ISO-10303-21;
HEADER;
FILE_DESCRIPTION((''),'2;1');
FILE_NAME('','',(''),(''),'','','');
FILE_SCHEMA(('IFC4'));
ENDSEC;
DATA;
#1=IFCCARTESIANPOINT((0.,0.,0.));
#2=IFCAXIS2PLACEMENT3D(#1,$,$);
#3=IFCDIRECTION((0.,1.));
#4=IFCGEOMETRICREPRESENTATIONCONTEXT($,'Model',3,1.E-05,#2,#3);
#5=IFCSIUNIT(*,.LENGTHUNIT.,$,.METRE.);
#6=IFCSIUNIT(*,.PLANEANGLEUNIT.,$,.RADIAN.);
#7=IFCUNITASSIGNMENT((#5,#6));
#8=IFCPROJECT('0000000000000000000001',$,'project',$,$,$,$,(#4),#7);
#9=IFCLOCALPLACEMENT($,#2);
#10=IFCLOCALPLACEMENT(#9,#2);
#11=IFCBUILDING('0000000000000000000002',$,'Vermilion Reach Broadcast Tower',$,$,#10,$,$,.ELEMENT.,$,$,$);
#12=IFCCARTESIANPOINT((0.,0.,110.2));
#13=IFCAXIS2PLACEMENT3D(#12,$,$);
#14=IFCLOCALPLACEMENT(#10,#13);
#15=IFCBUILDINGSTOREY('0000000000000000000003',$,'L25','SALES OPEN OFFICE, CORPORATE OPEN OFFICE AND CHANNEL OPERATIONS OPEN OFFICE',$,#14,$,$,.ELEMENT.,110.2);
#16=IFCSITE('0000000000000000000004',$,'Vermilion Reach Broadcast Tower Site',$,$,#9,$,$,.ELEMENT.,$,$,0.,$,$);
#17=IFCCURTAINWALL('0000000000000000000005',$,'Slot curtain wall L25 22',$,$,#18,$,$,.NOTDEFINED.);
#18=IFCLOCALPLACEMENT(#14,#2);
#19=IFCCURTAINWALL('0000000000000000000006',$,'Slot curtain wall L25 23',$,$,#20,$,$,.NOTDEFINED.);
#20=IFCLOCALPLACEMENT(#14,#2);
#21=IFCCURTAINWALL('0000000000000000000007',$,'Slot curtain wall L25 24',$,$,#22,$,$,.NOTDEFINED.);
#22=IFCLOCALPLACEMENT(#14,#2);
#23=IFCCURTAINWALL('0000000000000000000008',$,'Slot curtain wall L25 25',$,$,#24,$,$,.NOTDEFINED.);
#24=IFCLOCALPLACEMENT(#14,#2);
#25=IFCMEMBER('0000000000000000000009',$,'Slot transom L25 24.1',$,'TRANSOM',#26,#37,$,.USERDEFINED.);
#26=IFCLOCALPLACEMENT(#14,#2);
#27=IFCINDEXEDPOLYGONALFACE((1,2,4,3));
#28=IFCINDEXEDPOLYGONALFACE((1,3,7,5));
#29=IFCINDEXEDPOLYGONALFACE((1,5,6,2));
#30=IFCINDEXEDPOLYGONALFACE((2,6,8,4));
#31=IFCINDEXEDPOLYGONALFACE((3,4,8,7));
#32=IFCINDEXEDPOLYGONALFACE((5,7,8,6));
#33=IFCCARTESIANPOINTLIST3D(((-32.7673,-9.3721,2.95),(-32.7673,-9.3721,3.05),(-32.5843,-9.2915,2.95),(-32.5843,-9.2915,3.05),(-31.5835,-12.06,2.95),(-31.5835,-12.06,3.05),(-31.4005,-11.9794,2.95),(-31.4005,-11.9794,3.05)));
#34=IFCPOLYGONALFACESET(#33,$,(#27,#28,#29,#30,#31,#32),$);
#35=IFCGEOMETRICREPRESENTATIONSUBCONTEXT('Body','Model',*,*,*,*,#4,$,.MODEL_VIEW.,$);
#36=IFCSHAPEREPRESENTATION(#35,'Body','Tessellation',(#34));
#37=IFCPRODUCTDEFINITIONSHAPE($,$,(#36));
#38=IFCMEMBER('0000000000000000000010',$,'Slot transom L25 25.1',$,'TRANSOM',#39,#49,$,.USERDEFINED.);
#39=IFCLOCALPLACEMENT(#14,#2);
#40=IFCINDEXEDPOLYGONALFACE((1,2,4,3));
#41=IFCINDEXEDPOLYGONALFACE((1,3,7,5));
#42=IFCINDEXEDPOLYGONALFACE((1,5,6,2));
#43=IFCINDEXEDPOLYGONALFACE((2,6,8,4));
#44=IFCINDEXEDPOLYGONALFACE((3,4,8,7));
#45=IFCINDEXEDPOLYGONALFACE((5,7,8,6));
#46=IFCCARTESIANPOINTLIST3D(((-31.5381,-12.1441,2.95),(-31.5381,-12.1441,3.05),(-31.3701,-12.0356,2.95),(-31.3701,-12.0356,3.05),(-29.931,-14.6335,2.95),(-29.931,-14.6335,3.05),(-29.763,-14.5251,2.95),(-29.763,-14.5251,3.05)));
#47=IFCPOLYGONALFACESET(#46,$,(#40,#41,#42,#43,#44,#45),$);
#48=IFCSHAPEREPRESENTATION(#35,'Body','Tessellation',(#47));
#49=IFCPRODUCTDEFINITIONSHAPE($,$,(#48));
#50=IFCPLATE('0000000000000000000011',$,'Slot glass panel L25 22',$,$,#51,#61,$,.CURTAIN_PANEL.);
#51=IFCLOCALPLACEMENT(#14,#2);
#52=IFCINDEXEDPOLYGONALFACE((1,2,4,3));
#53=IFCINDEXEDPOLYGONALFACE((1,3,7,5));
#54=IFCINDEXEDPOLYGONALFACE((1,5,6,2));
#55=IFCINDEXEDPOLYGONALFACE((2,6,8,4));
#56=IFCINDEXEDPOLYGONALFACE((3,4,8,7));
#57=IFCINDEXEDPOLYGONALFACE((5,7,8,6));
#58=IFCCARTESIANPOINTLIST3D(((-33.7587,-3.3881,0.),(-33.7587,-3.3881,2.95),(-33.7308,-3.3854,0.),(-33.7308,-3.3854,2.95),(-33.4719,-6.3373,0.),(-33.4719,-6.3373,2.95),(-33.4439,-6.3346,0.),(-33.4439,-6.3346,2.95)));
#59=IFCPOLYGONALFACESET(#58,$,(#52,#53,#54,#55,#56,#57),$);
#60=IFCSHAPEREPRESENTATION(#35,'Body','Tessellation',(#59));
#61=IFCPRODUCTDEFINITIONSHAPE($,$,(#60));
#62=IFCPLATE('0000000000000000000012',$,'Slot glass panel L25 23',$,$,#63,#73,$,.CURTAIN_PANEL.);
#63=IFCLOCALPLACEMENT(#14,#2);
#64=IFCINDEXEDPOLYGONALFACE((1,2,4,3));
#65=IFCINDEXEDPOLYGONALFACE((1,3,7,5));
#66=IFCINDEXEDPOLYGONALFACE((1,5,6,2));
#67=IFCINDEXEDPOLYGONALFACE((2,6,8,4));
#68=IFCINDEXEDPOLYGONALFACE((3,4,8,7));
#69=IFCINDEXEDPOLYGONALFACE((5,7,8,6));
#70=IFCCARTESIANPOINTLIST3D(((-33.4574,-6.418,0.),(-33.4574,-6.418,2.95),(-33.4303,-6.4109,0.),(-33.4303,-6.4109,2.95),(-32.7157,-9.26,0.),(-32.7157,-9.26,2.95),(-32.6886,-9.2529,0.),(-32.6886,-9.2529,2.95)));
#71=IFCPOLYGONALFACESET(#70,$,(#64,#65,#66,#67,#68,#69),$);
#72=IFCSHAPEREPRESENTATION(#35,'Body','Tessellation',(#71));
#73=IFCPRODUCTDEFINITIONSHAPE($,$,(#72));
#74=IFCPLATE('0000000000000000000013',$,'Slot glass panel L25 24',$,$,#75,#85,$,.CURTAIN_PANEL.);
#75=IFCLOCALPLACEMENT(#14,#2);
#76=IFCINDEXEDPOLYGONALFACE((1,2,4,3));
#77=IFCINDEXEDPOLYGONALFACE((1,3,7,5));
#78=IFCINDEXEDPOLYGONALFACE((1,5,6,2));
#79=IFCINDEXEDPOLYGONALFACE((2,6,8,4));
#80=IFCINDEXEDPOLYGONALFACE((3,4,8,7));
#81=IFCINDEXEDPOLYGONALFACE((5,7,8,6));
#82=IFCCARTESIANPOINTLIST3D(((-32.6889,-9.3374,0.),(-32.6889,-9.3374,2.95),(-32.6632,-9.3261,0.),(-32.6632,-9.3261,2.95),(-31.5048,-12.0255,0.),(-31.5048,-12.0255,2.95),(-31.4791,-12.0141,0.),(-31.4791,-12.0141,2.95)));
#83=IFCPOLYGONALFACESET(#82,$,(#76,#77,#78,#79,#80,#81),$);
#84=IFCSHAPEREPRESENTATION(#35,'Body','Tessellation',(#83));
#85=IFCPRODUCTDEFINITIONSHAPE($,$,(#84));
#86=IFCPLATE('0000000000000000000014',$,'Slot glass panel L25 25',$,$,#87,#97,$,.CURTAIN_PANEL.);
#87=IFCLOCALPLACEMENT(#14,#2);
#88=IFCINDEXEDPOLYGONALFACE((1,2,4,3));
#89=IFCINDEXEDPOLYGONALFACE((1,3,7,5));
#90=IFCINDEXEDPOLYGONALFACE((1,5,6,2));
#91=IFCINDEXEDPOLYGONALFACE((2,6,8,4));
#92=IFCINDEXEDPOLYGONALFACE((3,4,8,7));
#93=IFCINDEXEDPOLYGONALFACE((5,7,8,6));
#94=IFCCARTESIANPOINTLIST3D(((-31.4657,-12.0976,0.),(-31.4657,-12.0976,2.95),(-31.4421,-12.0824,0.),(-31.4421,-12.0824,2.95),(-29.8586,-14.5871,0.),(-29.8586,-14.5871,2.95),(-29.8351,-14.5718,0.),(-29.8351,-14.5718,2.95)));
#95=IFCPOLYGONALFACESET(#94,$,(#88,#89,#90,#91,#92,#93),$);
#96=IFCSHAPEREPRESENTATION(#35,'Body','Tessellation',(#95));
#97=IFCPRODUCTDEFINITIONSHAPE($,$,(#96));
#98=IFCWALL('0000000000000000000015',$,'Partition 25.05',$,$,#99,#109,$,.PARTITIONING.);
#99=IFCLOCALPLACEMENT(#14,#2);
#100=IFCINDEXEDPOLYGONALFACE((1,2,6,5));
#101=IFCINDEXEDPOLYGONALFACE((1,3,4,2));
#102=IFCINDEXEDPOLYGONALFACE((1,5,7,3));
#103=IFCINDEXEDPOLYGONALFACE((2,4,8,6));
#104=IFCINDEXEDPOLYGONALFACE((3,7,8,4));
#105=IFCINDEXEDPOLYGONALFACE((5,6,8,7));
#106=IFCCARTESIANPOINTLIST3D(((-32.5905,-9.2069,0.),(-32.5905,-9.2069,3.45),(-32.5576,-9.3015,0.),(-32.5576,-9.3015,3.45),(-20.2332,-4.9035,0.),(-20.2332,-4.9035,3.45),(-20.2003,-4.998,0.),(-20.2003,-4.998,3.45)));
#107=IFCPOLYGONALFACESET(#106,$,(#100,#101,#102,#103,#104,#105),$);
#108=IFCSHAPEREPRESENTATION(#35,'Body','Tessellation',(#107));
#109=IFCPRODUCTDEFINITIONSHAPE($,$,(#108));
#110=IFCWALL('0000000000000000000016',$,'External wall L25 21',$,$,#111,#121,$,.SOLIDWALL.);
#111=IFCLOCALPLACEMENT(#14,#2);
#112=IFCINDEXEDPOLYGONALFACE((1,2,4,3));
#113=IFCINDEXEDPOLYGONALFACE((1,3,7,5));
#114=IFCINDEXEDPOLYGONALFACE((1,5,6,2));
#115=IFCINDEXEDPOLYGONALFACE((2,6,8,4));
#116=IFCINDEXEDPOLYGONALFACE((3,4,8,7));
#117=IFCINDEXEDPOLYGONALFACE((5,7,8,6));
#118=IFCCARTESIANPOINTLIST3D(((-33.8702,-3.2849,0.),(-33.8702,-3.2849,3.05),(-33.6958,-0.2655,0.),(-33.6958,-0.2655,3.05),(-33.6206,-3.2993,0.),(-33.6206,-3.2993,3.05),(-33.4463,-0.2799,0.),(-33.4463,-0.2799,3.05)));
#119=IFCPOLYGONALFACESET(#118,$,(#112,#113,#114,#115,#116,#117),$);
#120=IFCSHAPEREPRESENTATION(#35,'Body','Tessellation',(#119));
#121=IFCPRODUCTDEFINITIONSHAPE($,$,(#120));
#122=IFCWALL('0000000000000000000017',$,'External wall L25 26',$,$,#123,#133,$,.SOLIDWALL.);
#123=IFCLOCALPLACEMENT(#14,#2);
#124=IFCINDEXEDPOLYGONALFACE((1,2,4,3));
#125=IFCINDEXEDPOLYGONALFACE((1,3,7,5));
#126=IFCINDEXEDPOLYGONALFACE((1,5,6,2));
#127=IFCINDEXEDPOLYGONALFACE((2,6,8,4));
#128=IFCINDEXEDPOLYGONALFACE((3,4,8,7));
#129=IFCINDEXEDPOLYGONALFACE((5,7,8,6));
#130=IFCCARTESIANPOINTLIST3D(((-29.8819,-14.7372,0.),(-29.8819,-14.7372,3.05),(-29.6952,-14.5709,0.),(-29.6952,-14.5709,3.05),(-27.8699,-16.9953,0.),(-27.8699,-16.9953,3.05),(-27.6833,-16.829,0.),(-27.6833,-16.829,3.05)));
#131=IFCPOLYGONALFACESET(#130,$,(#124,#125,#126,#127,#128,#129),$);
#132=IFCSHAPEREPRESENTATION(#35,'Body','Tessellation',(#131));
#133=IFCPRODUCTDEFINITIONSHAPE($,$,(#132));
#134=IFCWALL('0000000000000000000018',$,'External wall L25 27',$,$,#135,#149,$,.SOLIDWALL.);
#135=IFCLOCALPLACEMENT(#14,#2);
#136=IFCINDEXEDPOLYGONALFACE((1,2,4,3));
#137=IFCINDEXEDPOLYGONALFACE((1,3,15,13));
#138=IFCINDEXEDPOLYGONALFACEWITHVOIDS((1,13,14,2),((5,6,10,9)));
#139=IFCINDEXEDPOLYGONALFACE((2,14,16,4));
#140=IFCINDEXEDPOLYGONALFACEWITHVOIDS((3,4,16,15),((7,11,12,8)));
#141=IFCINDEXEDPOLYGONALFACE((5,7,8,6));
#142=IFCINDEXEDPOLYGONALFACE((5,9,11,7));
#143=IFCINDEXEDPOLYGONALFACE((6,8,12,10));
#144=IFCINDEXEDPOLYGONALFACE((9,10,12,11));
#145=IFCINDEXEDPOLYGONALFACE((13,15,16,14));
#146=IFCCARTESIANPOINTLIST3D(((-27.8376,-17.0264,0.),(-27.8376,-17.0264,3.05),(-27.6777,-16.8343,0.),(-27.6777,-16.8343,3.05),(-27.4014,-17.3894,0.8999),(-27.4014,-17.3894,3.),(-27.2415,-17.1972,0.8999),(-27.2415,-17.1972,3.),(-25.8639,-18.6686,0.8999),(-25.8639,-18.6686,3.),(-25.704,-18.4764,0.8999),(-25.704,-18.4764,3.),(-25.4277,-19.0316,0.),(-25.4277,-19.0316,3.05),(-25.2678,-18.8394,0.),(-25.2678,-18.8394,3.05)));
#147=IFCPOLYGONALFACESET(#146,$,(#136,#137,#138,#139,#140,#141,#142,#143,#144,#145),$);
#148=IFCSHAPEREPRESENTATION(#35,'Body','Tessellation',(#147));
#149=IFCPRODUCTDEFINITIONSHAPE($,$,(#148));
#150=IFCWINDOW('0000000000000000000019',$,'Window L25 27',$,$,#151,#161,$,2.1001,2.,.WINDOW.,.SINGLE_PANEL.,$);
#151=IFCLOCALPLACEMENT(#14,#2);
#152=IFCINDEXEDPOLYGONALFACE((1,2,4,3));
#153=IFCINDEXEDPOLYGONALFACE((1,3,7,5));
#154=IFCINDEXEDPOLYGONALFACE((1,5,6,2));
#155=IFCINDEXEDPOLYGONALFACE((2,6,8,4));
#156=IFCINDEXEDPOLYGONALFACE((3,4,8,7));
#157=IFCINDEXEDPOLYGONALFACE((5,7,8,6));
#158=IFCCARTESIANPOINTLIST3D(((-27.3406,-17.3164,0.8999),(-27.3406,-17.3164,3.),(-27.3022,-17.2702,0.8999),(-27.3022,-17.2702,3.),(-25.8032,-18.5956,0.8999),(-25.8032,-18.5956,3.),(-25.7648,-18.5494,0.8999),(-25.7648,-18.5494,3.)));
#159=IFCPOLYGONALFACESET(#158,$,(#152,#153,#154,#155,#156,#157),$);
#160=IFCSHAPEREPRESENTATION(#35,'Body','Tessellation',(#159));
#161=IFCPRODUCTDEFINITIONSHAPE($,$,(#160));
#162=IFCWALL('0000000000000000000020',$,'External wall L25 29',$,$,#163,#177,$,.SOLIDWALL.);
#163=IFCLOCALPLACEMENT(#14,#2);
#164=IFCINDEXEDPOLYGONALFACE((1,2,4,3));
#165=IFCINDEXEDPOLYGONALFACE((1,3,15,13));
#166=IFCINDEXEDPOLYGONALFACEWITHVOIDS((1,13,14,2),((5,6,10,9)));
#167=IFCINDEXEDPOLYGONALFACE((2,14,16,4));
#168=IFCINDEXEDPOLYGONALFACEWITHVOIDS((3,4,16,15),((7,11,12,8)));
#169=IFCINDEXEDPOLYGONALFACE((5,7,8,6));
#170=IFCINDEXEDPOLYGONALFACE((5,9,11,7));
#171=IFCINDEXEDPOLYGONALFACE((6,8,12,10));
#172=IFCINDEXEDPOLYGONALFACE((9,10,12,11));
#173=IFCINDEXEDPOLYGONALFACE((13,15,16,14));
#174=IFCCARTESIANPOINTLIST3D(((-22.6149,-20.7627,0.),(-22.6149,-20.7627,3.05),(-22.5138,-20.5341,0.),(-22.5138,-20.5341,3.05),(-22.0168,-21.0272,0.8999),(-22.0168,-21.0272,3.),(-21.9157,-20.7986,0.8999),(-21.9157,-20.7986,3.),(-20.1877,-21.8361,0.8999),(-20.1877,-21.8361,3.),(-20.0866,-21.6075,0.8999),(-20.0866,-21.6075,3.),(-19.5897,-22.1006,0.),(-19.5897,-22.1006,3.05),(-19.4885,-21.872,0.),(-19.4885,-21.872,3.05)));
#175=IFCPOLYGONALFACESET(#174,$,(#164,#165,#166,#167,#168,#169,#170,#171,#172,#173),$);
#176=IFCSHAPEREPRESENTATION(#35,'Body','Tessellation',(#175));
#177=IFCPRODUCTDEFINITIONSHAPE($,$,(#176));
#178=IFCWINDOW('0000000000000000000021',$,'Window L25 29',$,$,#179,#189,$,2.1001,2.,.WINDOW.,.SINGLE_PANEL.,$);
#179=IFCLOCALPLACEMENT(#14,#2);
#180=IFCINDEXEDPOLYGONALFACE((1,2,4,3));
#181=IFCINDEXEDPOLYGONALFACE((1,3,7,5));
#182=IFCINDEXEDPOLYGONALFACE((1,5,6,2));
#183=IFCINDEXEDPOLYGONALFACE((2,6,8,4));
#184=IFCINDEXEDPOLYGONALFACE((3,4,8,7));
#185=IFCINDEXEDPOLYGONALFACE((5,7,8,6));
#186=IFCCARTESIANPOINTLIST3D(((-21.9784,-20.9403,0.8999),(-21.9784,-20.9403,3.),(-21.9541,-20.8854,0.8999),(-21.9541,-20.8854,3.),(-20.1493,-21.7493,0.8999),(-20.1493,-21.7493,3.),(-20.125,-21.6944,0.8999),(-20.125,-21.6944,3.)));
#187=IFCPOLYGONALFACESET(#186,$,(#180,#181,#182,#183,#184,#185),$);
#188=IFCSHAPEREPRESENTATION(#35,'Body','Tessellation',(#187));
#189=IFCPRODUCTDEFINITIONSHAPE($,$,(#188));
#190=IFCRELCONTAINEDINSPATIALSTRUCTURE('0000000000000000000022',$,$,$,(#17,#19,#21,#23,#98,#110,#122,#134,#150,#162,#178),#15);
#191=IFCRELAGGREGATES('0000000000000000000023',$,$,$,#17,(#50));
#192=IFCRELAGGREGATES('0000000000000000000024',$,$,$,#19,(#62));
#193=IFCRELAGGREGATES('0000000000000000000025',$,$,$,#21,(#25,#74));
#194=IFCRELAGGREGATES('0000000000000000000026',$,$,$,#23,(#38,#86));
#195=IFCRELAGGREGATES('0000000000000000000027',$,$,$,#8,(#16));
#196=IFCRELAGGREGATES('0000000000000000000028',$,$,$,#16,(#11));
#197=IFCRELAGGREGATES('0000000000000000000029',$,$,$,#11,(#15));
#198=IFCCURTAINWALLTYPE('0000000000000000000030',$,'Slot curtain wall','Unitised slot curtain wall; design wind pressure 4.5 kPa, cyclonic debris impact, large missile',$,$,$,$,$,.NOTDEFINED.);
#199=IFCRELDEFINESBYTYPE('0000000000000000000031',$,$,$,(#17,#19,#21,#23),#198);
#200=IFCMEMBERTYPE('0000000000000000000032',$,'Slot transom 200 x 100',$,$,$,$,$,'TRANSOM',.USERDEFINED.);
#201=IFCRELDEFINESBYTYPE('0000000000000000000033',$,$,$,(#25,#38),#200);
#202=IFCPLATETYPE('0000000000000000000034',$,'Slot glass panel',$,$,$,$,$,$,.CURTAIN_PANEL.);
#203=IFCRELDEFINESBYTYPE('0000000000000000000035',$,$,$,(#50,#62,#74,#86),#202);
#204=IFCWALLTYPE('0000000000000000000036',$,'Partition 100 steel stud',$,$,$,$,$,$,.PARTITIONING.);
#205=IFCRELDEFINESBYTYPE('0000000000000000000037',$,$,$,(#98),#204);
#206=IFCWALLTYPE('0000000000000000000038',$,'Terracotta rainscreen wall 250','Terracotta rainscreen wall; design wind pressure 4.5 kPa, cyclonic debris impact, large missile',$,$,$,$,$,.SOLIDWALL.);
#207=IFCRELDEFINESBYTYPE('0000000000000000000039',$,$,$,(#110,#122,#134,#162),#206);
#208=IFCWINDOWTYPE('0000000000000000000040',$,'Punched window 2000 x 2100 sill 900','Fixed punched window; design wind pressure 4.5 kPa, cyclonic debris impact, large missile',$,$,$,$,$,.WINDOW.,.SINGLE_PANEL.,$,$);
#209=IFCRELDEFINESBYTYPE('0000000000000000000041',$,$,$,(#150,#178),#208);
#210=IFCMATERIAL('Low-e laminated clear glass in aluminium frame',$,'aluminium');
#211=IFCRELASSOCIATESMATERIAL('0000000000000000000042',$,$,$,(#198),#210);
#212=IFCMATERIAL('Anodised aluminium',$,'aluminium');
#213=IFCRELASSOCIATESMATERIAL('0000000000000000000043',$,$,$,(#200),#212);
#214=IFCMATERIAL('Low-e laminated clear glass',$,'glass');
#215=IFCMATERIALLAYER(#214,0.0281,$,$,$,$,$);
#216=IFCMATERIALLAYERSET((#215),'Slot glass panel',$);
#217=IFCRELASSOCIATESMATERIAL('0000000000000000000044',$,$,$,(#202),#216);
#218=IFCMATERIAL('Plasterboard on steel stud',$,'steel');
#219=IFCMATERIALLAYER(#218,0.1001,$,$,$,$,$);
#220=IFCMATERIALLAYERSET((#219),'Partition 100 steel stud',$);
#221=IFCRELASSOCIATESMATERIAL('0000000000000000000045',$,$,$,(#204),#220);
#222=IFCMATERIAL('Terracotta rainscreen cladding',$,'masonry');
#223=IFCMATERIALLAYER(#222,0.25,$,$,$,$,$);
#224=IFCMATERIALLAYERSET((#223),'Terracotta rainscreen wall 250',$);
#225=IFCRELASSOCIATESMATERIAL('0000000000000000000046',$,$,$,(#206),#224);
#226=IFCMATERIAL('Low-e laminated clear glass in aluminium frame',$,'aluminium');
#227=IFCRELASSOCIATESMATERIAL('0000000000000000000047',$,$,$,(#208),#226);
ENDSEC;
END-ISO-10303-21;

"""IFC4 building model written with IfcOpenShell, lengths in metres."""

from ifc_helpers import new_model, si_unit, direction, frame, frame_2d, origin, origin_2d, place, context, subcontext, project, spatial, rectangle, extrude, material, layer, layer_set, material_profile, profile_set, type_object, element, fill, aggregate, save


model = new_model("IFC4")

# Units and contexts
model_context = context("Model", 3, precision=1e-05, world=origin(), true_north=direction((0.0, 1.0)))
body_context = subcontext(model_context, "Body", "Model", "MODEL_VIEW")
ifc_project = project(units=[si_unit("LENGTHUNIT", "METRE"), si_unit("PLANEANGLEUNIT", "RADIAN")], contexts=[model_context])

# Site, building, storey
site_placement = place(None, origin())
site = spatial("IfcSite", under=ifc_project, at=site_placement, Name="Vermilion Reach Broadcast Tower Site", CompositionType="ELEMENT", RefElevation=0.0)
building_placement = place(site_placement, origin())
building = spatial("IfcBuilding", under=site, at=building_placement, Name="Vermilion Reach Broadcast Tower", CompositionType="ELEMENT")
storey_placement = place(building_placement, frame((0.0, 0.0, 110.2)))
storey = spatial("IfcBuildingStorey", under=building, at=storey_placement, Name="L25", Description="SALES OPEN OFFICE, CORPORATE OPEN OFFICE AND CHANNEL OPERATIONS OPEN OFFICE", CompositionType="ELEMENT", Elevation=110.2)

# Curtain walls
ifc_material_1 = material(Name="Low-e laminated clear glass in aluminium frame", Category="aluminium")
curtain_wall_type = type_object("IfcCurtainWallType", Name="Slot curtain wall", Description="Unitised slot curtain wall; design wind pressure 4.5 kPa, cyclonic debris impact, large missile", PredefinedType="NOTDEFINED", material=ifc_material_1)
placement = place(storey_placement, origin())
curtain_wall_1 = element("IfcCurtainWall", 1, at=placement, inside=storey, type_object=curtain_wall_type, Name="Slot curtain wall L25 22", PredefinedType="NOTDEFINED")
curtain_wall_2 = element("IfcCurtainWall", 2, at=placement, inside=storey, type_object=curtain_wall_type, Name="Slot curtain wall L25 23", PredefinedType="NOTDEFINED")
curtain_wall_3 = element("IfcCurtainWall", 3, at=placement, inside=storey, type_object=curtain_wall_type, Name="Slot curtain wall L25 24", PredefinedType="NOTDEFINED")

# Curtain wall
curtain_wall_4 = element("IfcCurtainWall", 4, at=placement, inside=storey, type_object=curtain_wall_type, Name="Slot curtain wall L25 25", PredefinedType="NOTDEFINED")

# Members
ifc_material_2 = material(Name="Anodised aluminium", Category="aluminium")
ifc_material_profile_1 = material_profile(ifc_material_2, rectangle(XDim=0.2, YDim=0.1001, at=origin_2d()), Name="Slot transom 200 x 100")
ifc_profile_set_1 = profile_set([ifc_material_profile_1], Name="Anodised aluminium")
member_type_1 = type_object("IfcMemberType", Name="Slot transom 200 x 100", ElementType="TRANSOM", PredefinedType="USERDEFINED", material=ifc_profile_set_1)
member_1_placement = place(storey_placement, frame((-32.6758, -9.3318, 3.0), z_axis=(0.403059, -0.915174, 0.0), x_axis=(0.915174, 0.403059, 0.0)))
member_1 = element("IfcMember", 5, at=member_1_placement, type_object=member_type_1, Name="Slot transom L25 24.1", ObjectType="TRANSOM", PredefinedType="USERDEFINED", context=body_context, shape_type="SweptSolid", body=[
    extrude(rectangle(XDim=0.2, YDim=0.1001, at=origin_2d()), origin(), (0.0, 0.0, 1.0), 2.937),
])
member_2_placement = place(storey_placement, frame((-31.4541, -12.0898, 3.0), z_axis=(0.542376, -0.840136, 0.0), x_axis=(0.840136, 0.542376, 0.0)))
member_2 = element("IfcMember", 6, at=member_2_placement, type_object=member_type_1, Name="Slot transom L25 25.1", ObjectType="TRANSOM", PredefinedType="USERDEFINED", context=body_context, shape_type="SweptSolid", body=[
    extrude(rectangle(XDim=0.2, YDim=0.1001, at=origin_2d()), origin(), (0.0, 0.0, 1.0), 2.9631),
])

# Plates
ifc_material_3 = material(Name="Low-e laminated clear glass", Category="glass")
ifc_layer_1 = layer(ifc_material_3, 0.0281)
ifc_layer_set_1 = layer_set([ifc_layer_1], Name="Slot glass panel")
plate_type = type_object("IfcPlateType", Name="Slot glass panel", PredefinedType="CURTAIN_PANEL", material=ifc_layer_set_1)
plate_1_placement = place(storey_placement, frame((-33.6013, -4.8613, 0.0), z_axis=(0.0, 0.0, 1.0), x_axis=(0.096809, -0.995303, 0.0)))
plate_1 = element("IfcPlate", 7, at=plate_1_placement, type_object=plate_type, Name="Slot glass panel L25 22", PredefinedType="CURTAIN_PANEL", context=body_context, shape_type="SweptSolid", body=[
    extrude(rectangle(XDim=2.9631, YDim=0.0281, at=origin_2d()), origin(), (0.0, 0.0, 1.0), 2.95),
])
aggregate(curtain_wall_1, [plate_1])
plate_2_placement = place(storey_placement, frame((-33.073, -7.8354, 0.0), z_axis=(0.0, 0.0, 1.0), x_axis=(0.252522, -0.967591, 0.0)))
plate_2 = element("IfcPlate", 8, at=plate_2_placement, type_object=plate_type, Name="Slot glass panel L25 23", PredefinedType="CURTAIN_PANEL", context=body_context, shape_type="SweptSolid", body=[
    extrude(rectangle(XDim=2.9373, YDim=0.0281, at=origin_2d()), origin(), (0.0, 0.0, 1.0), 2.95),
])
aggregate(curtain_wall_2, [plate_2])
plate_3_placement = place(storey_placement, frame((-32.084, -10.6758, 0.0), z_axis=(0.0, 0.0, 1.0), x_axis=(0.403118, -0.915148, 0.0)))
plate_3 = element("IfcPlate", 9, at=plate_3_placement, type_object=plate_type, Name="Slot glass panel L25 24", PredefinedType="CURTAIN_PANEL", context=body_context, shape_type="SweptSolid", body=[
    extrude(rectangle(XDim=2.9373, YDim=0.0281, at=origin_2d()), origin(), (0.0, 0.0, 1.0), 2.95),
])
aggregate(curtain_wall_3, [member_1, plate_3])
plate_4_placement = place(storey_placement, frame((-30.6504, -13.3347, 0.0), z_axis=(0.0, 0.0, 1.0), x_axis=(0.542361, -0.840145, 0.0)))
plate_4 = element("IfcPlate", 10, at=plate_4_placement, type_object=plate_type, Name="Slot glass panel L25 25", PredefinedType="CURTAIN_PANEL", context=body_context, shape_type="SweptSolid", body=[
    extrude(rectangle(XDim=2.9631, YDim=0.0281, at=origin_2d()), origin(), (0.0, 0.0, 1.0), 2.95),
])
aggregate(curtain_wall_4, [member_2, plate_4])

# Walls
ifc_material_4 = material(Name="Plasterboard on steel stud", Category="steel")
ifc_layer_2 = layer(ifc_material_4, 0.1001)
ifc_layer_set_2 = layer_set([ifc_layer_2], Name="Partition 100 steel stud")
wall_type_1 = type_object("IfcWallType", Name="Partition 100 steel stud", PredefinedType="PARTITIONING", material=ifc_layer_set_2)
wall_1_placement = place(storey_placement, frame((-32.574, -9.2542, 0.0), z_axis=(0.0, 0.0, 1.0), x_axis=(0.944373, 0.328877, 0.0)))
element("IfcWall", 11, at=wall_1_placement, inside=storey, type_object=wall_type_1, Name="Partition 25.05", PredefinedType="PARTITIONING", context=body_context, shape_type="SweptSolid", body=[
    extrude(rectangle(XDim=13.0852, YDim=0.1001, at=frame_2d((6.5425, 0.0))), origin(), (0.0, 0.0, 1.0), 3.45),
])
ifc_material_5 = material(Name="Terracotta rainscreen cladding", Category="masonry")
ifc_layer_3 = layer(ifc_material_5, 0.25)
ifc_layer_set_3 = layer_set([ifc_layer_3], Name="Terracotta rainscreen wall 250")
wall_type_2 = type_object("IfcWallType", Name="Terracotta rainscreen wall 250", Description="Terracotta rainscreen wall; design wind pressure 4.5 kPa, cyclonic debris impact, large missile", PredefinedType="SOLIDWALL", material=ifc_layer_set_3)
for number, where, z_axis, x_axis, name in (
    (12, (-33.571, -0.2727, 0.0), (0.0, 0.0, 1.0), (-0.057638, -0.998338, 0.0), "External wall L25 21"),
    (13, (-29.7886, -14.6541, 0.0), (0.0, 0.0, 1.0), (0.66525, -0.74662, 0.0), "External wall L25 26"),
):
    element("IfcWall", number, at=place(storey_placement, frame(where, z_axis=z_axis, x_axis=x_axis)), inside=storey, type_object=wall_type_2, Name=name, PredefinedType="SOLIDWALL", context=body_context, shape_type="SweptSolid", body=[
        extrude(rectangle(XDim=3.0244, YDim=0.25, at=frame_2d((1.5122, 0.0))), origin(), (0.0, 0.0, 1.0), 3.05),
    ])

# Wall, opening, window
wall_2_placement = place(storey_placement, frame((-27.7576, -16.9304, 0.0), z_axis=(0.0, 0.0, 1.0), x_axis=(0.768713, -0.639594, 0.0)))
wall_2 = element("IfcWall", 14, at=wall_2_placement, inside=storey, type_object=wall_type_2, Name="External wall L25 27", PredefinedType="SOLIDWALL", context=body_context, shape_type="SweptSolid", body=[
    extrude(rectangle(XDim=3.135, YDim=0.25, at=frame_2d((1.5674, 0.0))), origin(), (0.0, 0.0, 1.0), 3.05),
])
opening_1_placement = place(wall_2_placement, frame((0.5674, 0.0, 0.8999)))
opening_1 = element("IfcOpeningElement", 15, at=opening_1_placement, cuts=wall_2, PredefinedType="OPENING", context=body_context, shape_type="SweptSolid", body=[
    extrude(rectangle(XDim=2.0, YDim=2.1001, at=frame_2d((1.0, 1.05))), frame((0.0, 0.135, 0.0), z_axis=(0.0, -1.0, 0.0), x_axis=(1.0, 0.0, 0.0)), (0.0, 0.0, 1.0), 0.27),
])
ifc_material_6 = material(Name="Low-e laminated clear glass in aluminium frame", Category="aluminium")
window_type = type_object("IfcWindowType", Name="Punched window 2000 x 2100 sill 900", Description="Fixed punched window; design wind pressure 4.5 kPa, cyclonic debris impact, large missile", PartitioningType="SINGLE_PANEL", PredefinedType="WINDOW", material=ifc_material_6)
window_1_placement = place(opening_1_placement, origin())
window_1 = element("IfcWindow", 16, at=window_1_placement, inside=storey, type_object=window_type, Name="Window L25 27", OverallHeight=2.1001, OverallWidth=2.0, PartitioningType="SINGLE_PANEL", PredefinedType="WINDOW", context=body_context, shape_type="SweptSolid", body=[
    extrude(rectangle(XDim=2.0, YDim=2.1001, at=frame_2d((1.0, 1.05))), frame((0.0, 0.03, 0.0), z_axis=(0.0, -1.0, 0.0), x_axis=(1.0, 0.0, 0.0)), (0.0, 0.0, 1.0), 0.0601),
])
fill(opening_1, window_1)

# Wall, opening, window
wall_3_placement = place(storey_placement, frame((-22.5642, -20.6484, 0.0), z_axis=(0.0, 0.0, 1.0), x_axis=(0.914553, -0.404467, 0.0)))
wall_3 = element("IfcWall", 17, at=wall_3_placement, inside=storey, type_object=wall_type_2, Name="External wall L25 29", PredefinedType="SOLIDWALL", context=body_context, shape_type="SweptSolid", body=[
    extrude(rectangle(XDim=3.3079, YDim=0.25, at=frame_2d((1.6538, 0.0))), origin(), (0.0, 0.0, 1.0), 3.05),
])
opening_2_placement = place(wall_3_placement, frame((0.6538, 0.0, 0.8999)))
opening_2 = element("IfcOpeningElement", 18, at=opening_2_placement, cuts=wall_3, PredefinedType="OPENING", context=body_context, shape_type="SweptSolid", body=[
    extrude(rectangle(XDim=2.0, YDim=2.1001, at=frame_2d((1.0, 1.05))), frame((0.0, 0.135, 0.0), z_axis=(0.0, -1.0, 0.0), x_axis=(1.0, 0.0, 0.0)), (0.0, 0.0, 1.0), 0.27),
])
window_2_placement = place(opening_2_placement, origin())
window_2 = element("IfcWindow", 19, at=window_2_placement, inside=storey, type_object=window_type, Name="Window L25 29", OverallHeight=2.1001, OverallWidth=2.0, PartitioningType="SINGLE_PANEL", PredefinedType="WINDOW", context=body_context, shape_type="SweptSolid", body=[
    extrude(rectangle(XDim=2.0, YDim=2.1001, at=frame_2d((1.0, 1.05))), frame((0.0, 0.03, 0.0), z_axis=(0.0, -1.0, 0.0), x_axis=(1.0, 0.0, 0.0)), (0.0, 0.0, 1.0), 0.0601),
])
fill(opening_2, window_2)

save(model, "model.ifc")
